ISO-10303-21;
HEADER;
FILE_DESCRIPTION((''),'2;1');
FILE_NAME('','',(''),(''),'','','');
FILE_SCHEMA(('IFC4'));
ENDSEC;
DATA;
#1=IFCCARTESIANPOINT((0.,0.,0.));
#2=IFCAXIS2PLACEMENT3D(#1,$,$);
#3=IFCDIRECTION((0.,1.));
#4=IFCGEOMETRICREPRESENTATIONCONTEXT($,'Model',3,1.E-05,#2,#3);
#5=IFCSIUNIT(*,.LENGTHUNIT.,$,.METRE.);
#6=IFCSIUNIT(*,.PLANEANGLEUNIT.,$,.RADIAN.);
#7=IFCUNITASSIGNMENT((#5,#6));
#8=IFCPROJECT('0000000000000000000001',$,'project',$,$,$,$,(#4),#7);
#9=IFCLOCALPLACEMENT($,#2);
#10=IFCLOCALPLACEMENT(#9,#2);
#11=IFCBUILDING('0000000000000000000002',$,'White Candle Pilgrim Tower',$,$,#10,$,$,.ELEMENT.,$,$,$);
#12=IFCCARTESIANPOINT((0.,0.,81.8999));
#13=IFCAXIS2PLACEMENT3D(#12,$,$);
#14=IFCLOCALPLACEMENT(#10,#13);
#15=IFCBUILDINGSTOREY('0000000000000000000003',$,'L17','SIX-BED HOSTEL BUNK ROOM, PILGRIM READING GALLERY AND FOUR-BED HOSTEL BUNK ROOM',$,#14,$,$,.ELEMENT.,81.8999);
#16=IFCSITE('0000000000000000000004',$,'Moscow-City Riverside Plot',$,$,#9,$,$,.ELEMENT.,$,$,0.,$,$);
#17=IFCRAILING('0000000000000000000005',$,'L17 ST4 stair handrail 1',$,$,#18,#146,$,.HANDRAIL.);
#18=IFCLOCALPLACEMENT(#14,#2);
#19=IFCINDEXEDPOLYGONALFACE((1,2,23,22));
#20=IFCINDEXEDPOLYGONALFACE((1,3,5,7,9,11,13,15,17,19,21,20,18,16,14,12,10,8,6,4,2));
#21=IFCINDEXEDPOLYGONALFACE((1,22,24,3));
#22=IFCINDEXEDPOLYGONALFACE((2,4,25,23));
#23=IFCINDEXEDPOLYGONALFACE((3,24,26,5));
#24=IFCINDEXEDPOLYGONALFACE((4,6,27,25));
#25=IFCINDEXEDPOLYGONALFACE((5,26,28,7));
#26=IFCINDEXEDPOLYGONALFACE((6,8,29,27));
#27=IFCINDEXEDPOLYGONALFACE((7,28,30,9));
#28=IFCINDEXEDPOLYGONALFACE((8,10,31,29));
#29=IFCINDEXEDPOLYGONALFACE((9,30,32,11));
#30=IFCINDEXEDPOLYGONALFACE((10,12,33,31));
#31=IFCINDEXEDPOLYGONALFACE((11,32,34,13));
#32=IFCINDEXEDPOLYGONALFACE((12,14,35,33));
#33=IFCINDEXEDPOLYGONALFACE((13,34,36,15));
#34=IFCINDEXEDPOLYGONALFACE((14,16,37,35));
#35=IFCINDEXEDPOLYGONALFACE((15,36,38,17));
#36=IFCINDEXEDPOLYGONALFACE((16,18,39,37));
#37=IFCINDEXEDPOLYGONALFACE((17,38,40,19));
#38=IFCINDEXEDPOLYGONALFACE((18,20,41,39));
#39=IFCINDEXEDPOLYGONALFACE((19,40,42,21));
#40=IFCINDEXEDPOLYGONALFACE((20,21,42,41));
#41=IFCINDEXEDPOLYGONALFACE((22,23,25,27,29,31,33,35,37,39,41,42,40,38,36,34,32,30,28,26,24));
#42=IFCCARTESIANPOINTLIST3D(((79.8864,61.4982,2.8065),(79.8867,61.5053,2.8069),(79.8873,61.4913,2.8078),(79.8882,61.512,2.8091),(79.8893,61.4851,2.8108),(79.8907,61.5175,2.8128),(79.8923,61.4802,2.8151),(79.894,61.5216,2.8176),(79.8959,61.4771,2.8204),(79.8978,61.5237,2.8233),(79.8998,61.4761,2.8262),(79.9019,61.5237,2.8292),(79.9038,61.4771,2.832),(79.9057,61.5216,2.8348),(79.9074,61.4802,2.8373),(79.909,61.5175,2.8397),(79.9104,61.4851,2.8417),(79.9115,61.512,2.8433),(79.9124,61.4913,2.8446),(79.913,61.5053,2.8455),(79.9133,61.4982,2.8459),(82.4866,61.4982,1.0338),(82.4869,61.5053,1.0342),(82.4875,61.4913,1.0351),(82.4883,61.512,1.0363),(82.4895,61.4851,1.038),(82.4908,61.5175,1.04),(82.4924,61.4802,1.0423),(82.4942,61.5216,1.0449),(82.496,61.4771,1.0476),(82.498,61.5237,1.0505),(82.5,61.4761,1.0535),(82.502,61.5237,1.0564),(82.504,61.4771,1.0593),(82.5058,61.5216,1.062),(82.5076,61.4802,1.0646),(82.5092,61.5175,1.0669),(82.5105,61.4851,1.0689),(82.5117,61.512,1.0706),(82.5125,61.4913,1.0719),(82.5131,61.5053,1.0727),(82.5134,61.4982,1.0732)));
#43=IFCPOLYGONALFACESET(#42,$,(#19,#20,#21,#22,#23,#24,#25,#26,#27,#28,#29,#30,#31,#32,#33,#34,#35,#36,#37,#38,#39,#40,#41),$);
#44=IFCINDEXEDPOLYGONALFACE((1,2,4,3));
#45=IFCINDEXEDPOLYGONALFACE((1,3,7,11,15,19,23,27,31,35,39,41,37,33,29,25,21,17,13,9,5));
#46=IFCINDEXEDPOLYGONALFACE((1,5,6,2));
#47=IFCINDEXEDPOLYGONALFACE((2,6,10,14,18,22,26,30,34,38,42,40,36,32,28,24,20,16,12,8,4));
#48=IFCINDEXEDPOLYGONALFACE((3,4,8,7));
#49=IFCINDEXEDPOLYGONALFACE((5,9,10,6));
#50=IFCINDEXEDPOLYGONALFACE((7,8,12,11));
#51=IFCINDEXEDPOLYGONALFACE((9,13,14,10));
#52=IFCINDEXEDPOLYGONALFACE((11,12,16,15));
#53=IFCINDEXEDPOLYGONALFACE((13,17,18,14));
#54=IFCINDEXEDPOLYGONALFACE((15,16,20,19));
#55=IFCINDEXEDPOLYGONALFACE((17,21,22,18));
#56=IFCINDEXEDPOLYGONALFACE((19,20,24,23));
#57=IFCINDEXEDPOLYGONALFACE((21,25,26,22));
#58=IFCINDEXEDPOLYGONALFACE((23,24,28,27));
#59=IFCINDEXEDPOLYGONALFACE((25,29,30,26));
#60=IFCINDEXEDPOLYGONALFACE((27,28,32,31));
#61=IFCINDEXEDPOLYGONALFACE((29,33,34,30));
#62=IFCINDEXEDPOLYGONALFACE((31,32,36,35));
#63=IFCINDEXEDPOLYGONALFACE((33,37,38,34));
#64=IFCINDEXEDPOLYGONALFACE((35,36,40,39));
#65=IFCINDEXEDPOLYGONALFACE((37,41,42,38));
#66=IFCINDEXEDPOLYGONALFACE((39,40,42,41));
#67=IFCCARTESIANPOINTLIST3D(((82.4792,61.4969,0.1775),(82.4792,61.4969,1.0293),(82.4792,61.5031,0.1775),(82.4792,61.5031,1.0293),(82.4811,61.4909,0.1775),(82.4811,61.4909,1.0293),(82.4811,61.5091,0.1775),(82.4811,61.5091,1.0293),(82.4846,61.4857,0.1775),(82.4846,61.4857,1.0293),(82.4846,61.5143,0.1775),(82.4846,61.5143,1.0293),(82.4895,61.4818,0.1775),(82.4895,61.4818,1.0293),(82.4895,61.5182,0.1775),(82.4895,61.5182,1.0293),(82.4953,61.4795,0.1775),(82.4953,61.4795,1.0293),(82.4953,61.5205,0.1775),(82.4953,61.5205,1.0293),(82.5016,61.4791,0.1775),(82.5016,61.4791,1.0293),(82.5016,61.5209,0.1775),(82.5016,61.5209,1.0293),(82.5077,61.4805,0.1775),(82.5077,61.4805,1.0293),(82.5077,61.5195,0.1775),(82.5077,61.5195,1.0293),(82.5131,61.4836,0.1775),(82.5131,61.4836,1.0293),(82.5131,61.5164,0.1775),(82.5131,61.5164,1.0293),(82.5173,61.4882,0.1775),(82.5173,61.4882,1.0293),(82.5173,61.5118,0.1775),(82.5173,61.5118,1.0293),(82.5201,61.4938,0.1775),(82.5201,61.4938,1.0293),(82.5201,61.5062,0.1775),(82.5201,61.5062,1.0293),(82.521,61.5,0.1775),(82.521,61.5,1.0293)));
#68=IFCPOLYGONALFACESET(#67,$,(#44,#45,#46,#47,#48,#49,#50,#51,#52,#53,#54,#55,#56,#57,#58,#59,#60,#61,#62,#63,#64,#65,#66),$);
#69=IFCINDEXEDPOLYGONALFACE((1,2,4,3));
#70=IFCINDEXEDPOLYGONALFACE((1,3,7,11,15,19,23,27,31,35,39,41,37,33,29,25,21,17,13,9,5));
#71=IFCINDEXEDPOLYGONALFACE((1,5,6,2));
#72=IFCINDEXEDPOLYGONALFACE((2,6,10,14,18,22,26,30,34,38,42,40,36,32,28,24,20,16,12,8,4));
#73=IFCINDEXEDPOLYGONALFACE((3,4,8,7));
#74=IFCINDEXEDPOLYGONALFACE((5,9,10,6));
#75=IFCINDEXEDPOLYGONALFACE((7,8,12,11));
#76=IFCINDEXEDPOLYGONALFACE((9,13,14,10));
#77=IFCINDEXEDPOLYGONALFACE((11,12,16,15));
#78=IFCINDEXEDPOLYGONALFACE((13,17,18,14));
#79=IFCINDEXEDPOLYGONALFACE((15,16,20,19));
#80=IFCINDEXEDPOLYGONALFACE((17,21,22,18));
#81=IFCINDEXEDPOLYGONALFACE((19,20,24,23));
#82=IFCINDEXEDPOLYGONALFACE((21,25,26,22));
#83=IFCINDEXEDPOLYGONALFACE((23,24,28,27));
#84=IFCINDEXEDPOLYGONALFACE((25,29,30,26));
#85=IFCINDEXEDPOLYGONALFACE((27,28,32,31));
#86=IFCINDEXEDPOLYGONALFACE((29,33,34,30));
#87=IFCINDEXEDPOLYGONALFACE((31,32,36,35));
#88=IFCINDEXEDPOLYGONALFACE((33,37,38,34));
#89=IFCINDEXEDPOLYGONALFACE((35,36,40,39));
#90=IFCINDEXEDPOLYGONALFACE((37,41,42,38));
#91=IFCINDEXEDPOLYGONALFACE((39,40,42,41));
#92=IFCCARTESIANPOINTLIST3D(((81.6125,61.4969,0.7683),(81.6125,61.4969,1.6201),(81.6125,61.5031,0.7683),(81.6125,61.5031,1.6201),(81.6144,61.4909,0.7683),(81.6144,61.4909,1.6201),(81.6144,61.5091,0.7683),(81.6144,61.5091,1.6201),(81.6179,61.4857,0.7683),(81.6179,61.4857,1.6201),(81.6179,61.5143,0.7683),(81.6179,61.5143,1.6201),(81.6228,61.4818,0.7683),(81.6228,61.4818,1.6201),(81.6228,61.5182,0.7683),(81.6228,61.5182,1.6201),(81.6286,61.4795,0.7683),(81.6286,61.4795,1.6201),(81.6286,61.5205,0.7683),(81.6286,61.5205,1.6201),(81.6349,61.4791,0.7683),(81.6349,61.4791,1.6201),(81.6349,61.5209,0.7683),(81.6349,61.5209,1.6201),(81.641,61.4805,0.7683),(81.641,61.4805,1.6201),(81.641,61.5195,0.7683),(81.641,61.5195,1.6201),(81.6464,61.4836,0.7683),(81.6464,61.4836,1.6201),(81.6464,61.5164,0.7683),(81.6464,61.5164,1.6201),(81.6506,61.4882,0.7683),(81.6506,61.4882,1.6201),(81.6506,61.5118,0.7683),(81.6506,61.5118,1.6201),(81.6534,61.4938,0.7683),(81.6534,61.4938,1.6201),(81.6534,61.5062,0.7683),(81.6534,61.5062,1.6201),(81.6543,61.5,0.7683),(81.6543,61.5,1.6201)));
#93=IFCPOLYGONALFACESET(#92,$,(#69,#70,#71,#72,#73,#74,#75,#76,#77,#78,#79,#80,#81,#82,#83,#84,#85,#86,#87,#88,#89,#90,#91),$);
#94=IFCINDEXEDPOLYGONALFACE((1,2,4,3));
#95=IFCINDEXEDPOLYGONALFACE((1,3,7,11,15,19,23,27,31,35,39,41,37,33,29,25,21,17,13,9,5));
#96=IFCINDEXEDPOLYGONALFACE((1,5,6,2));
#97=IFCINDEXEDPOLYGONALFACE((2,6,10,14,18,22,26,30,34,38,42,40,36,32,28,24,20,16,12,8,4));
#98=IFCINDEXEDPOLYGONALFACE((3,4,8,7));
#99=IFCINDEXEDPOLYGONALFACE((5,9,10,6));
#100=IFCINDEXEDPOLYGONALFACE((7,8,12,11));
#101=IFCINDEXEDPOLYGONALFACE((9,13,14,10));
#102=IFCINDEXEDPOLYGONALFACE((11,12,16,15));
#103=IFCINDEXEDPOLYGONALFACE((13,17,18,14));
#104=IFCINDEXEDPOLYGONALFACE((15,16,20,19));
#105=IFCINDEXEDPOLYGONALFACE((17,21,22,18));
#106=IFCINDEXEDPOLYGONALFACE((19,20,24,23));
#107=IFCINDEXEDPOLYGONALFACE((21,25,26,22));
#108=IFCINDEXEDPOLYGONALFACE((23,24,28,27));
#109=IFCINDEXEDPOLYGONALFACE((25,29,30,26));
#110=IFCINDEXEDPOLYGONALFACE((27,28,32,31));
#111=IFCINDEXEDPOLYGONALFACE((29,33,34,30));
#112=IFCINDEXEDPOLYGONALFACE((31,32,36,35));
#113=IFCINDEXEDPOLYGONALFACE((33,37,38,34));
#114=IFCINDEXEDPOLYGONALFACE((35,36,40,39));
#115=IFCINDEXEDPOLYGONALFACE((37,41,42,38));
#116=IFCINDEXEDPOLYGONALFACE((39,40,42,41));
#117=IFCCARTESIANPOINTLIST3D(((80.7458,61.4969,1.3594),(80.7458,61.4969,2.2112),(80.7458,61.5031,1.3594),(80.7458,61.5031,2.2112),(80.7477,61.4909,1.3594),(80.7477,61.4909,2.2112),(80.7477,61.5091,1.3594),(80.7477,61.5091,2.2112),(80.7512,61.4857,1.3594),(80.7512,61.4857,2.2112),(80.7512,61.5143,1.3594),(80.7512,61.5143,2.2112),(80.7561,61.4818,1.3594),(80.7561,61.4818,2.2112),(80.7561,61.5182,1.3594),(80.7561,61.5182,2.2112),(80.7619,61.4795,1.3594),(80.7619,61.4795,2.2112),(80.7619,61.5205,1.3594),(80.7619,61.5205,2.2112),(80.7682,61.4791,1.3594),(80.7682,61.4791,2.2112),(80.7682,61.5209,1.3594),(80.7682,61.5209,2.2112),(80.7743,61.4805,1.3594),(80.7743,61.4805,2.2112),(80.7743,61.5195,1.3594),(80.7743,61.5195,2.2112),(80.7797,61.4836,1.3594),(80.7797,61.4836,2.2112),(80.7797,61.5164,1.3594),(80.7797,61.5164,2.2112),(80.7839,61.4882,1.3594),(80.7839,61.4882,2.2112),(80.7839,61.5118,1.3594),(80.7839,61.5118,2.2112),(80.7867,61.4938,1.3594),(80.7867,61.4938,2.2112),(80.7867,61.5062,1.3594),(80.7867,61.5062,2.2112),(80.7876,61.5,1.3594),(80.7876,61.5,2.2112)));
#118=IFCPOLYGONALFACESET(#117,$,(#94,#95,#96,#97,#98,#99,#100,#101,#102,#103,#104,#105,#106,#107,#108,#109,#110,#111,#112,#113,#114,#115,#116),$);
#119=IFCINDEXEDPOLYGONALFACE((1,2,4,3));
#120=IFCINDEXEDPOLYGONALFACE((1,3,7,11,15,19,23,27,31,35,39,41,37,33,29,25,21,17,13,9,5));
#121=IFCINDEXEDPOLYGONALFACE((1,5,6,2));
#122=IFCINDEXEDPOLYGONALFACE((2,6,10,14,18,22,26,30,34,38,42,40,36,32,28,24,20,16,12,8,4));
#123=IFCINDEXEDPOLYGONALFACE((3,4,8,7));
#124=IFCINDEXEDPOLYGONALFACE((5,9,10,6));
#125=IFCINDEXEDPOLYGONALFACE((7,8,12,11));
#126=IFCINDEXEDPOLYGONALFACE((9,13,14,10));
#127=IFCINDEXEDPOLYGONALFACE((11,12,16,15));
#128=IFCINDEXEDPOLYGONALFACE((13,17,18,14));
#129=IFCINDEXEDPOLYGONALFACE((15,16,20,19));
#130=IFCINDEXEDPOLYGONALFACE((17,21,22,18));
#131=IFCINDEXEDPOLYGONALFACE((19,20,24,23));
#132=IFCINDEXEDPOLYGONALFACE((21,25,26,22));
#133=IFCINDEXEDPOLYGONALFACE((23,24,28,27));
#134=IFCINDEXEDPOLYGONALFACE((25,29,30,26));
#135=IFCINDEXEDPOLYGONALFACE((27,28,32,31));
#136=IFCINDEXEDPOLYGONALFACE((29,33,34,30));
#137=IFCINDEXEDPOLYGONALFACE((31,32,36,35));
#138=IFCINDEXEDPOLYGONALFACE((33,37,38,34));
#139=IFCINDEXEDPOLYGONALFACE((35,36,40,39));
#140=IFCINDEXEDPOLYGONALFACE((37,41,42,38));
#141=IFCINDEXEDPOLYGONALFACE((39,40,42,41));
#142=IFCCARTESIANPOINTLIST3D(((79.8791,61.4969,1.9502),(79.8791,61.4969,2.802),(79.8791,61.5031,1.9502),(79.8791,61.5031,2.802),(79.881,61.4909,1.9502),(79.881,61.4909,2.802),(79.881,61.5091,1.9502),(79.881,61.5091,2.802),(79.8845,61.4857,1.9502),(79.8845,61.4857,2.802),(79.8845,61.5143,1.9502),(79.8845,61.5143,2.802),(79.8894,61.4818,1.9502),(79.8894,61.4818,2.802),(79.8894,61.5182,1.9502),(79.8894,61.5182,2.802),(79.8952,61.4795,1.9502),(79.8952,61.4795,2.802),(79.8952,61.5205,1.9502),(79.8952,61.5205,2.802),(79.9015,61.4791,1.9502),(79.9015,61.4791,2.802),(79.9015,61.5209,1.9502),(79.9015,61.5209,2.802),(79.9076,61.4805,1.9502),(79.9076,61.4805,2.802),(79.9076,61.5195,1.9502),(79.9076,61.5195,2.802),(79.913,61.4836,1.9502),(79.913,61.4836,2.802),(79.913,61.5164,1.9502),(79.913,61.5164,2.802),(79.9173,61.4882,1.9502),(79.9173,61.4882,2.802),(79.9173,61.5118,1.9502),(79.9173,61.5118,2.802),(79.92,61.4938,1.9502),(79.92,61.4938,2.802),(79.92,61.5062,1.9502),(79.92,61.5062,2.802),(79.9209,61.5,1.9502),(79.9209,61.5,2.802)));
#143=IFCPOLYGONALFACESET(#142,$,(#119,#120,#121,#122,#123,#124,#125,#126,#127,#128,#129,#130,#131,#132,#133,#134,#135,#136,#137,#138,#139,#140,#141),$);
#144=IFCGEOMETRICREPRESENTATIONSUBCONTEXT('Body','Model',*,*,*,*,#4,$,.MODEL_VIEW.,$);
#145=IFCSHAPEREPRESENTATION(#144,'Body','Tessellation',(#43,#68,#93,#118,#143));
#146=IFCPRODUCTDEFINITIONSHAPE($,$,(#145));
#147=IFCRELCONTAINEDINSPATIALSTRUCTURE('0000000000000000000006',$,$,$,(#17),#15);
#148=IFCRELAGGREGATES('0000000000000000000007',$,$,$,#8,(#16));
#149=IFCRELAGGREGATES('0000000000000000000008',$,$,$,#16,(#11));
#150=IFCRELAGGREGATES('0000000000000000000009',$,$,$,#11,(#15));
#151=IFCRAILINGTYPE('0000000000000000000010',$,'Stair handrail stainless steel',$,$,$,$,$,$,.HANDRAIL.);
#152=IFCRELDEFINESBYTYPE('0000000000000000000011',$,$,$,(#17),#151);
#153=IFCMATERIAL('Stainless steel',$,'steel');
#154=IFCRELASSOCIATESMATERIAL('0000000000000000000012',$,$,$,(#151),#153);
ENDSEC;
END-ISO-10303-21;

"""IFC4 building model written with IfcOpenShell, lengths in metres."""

from ifc_helpers import new_model, si_unit, direction, frame, origin, origin_2d, place, context, subcontext, project, spatial, circle, extrude, material, type_object, element, save


model = new_model("IFC4")

# Units and contexts
model_context = context("Model", 3, precision=1e-05, world=origin(), true_north=direction((0.0, 1.0)))
body_context = subcontext(model_context, "Body", "Model", "MODEL_VIEW")
ifc_project = project(units=[si_unit("LENGTHUNIT", "METRE"), si_unit("PLANEANGLEUNIT", "RADIAN")], contexts=[model_context])

# Site, building, storey
site_placement = place(None, origin())
site = spatial("IfcSite", under=ifc_project, at=site_placement, Name="Moscow-City Riverside Plot", CompositionType="ELEMENT", RefElevation=0.0)
building_placement = place(site_placement, origin())
building = spatial("IfcBuilding", under=site, at=building_placement, Name="White Candle Pilgrim Tower", CompositionType="ELEMENT")
storey_placement = place(building_placement, frame((0.0, 0.0, 81.8999)))
storey = spatial("IfcBuildingStorey", under=building, at=storey_placement, Name="L17", Description="SIX-BED HOSTEL BUNK ROOM, PILGRIM READING GALLERY AND FOUR-BED HOSTEL BUNK ROOM", CompositionType="ELEMENT", Elevation=81.8999)

# Railing
ifc_material_1 = material(Name="Stainless steel", Category="steel")
railing_type_1 = type_object("IfcRailingType", Name="Stair handrail stainless steel", PredefinedType="HANDRAIL", material=ifc_material_1)
railing_1_placement = place(storey_placement, frame((82.5, 61.5, 0.1775)))
element("IfcRailing", 1, at=railing_1_placement, inside=storey, type_object=railing_type_1, Name="L17 ST4 stair handrail 1", PredefinedType="HANDRAIL", context=body_context, shape_type="SweptSolid", body=[
    extrude(circle(Radius=0.0239, at=origin_2d()), frame((0.0, 0.0, 0.876), z_axis=(-0.82624, 0.0, 0.563318), x_axis=(0.0, -1.0, 0.0)), (0.0, 0.0, 1.0), 3.147),
    extrude(circle(Radius=0.021, at=origin_2d()), origin(), (0.0, 0.0, 1.0), 0.8518),
    extrude(circle(Radius=0.021, at=origin_2d()), frame((-0.8667, 0.0, 0.5908)), (0.0, 0.0, 1.0), 0.8518),
    extrude(circle(Radius=0.021, at=origin_2d()), frame((-1.7334, 0.0, 1.1819)), (0.0, 0.0, 1.0), 0.8518),
    extrude(circle(Radius=0.021, at=origin_2d()), frame((-2.6001, 0.0, 1.7727)), (0.0, 0.0, 1.0), 0.8518),
])

save(model, "model.ifc")
